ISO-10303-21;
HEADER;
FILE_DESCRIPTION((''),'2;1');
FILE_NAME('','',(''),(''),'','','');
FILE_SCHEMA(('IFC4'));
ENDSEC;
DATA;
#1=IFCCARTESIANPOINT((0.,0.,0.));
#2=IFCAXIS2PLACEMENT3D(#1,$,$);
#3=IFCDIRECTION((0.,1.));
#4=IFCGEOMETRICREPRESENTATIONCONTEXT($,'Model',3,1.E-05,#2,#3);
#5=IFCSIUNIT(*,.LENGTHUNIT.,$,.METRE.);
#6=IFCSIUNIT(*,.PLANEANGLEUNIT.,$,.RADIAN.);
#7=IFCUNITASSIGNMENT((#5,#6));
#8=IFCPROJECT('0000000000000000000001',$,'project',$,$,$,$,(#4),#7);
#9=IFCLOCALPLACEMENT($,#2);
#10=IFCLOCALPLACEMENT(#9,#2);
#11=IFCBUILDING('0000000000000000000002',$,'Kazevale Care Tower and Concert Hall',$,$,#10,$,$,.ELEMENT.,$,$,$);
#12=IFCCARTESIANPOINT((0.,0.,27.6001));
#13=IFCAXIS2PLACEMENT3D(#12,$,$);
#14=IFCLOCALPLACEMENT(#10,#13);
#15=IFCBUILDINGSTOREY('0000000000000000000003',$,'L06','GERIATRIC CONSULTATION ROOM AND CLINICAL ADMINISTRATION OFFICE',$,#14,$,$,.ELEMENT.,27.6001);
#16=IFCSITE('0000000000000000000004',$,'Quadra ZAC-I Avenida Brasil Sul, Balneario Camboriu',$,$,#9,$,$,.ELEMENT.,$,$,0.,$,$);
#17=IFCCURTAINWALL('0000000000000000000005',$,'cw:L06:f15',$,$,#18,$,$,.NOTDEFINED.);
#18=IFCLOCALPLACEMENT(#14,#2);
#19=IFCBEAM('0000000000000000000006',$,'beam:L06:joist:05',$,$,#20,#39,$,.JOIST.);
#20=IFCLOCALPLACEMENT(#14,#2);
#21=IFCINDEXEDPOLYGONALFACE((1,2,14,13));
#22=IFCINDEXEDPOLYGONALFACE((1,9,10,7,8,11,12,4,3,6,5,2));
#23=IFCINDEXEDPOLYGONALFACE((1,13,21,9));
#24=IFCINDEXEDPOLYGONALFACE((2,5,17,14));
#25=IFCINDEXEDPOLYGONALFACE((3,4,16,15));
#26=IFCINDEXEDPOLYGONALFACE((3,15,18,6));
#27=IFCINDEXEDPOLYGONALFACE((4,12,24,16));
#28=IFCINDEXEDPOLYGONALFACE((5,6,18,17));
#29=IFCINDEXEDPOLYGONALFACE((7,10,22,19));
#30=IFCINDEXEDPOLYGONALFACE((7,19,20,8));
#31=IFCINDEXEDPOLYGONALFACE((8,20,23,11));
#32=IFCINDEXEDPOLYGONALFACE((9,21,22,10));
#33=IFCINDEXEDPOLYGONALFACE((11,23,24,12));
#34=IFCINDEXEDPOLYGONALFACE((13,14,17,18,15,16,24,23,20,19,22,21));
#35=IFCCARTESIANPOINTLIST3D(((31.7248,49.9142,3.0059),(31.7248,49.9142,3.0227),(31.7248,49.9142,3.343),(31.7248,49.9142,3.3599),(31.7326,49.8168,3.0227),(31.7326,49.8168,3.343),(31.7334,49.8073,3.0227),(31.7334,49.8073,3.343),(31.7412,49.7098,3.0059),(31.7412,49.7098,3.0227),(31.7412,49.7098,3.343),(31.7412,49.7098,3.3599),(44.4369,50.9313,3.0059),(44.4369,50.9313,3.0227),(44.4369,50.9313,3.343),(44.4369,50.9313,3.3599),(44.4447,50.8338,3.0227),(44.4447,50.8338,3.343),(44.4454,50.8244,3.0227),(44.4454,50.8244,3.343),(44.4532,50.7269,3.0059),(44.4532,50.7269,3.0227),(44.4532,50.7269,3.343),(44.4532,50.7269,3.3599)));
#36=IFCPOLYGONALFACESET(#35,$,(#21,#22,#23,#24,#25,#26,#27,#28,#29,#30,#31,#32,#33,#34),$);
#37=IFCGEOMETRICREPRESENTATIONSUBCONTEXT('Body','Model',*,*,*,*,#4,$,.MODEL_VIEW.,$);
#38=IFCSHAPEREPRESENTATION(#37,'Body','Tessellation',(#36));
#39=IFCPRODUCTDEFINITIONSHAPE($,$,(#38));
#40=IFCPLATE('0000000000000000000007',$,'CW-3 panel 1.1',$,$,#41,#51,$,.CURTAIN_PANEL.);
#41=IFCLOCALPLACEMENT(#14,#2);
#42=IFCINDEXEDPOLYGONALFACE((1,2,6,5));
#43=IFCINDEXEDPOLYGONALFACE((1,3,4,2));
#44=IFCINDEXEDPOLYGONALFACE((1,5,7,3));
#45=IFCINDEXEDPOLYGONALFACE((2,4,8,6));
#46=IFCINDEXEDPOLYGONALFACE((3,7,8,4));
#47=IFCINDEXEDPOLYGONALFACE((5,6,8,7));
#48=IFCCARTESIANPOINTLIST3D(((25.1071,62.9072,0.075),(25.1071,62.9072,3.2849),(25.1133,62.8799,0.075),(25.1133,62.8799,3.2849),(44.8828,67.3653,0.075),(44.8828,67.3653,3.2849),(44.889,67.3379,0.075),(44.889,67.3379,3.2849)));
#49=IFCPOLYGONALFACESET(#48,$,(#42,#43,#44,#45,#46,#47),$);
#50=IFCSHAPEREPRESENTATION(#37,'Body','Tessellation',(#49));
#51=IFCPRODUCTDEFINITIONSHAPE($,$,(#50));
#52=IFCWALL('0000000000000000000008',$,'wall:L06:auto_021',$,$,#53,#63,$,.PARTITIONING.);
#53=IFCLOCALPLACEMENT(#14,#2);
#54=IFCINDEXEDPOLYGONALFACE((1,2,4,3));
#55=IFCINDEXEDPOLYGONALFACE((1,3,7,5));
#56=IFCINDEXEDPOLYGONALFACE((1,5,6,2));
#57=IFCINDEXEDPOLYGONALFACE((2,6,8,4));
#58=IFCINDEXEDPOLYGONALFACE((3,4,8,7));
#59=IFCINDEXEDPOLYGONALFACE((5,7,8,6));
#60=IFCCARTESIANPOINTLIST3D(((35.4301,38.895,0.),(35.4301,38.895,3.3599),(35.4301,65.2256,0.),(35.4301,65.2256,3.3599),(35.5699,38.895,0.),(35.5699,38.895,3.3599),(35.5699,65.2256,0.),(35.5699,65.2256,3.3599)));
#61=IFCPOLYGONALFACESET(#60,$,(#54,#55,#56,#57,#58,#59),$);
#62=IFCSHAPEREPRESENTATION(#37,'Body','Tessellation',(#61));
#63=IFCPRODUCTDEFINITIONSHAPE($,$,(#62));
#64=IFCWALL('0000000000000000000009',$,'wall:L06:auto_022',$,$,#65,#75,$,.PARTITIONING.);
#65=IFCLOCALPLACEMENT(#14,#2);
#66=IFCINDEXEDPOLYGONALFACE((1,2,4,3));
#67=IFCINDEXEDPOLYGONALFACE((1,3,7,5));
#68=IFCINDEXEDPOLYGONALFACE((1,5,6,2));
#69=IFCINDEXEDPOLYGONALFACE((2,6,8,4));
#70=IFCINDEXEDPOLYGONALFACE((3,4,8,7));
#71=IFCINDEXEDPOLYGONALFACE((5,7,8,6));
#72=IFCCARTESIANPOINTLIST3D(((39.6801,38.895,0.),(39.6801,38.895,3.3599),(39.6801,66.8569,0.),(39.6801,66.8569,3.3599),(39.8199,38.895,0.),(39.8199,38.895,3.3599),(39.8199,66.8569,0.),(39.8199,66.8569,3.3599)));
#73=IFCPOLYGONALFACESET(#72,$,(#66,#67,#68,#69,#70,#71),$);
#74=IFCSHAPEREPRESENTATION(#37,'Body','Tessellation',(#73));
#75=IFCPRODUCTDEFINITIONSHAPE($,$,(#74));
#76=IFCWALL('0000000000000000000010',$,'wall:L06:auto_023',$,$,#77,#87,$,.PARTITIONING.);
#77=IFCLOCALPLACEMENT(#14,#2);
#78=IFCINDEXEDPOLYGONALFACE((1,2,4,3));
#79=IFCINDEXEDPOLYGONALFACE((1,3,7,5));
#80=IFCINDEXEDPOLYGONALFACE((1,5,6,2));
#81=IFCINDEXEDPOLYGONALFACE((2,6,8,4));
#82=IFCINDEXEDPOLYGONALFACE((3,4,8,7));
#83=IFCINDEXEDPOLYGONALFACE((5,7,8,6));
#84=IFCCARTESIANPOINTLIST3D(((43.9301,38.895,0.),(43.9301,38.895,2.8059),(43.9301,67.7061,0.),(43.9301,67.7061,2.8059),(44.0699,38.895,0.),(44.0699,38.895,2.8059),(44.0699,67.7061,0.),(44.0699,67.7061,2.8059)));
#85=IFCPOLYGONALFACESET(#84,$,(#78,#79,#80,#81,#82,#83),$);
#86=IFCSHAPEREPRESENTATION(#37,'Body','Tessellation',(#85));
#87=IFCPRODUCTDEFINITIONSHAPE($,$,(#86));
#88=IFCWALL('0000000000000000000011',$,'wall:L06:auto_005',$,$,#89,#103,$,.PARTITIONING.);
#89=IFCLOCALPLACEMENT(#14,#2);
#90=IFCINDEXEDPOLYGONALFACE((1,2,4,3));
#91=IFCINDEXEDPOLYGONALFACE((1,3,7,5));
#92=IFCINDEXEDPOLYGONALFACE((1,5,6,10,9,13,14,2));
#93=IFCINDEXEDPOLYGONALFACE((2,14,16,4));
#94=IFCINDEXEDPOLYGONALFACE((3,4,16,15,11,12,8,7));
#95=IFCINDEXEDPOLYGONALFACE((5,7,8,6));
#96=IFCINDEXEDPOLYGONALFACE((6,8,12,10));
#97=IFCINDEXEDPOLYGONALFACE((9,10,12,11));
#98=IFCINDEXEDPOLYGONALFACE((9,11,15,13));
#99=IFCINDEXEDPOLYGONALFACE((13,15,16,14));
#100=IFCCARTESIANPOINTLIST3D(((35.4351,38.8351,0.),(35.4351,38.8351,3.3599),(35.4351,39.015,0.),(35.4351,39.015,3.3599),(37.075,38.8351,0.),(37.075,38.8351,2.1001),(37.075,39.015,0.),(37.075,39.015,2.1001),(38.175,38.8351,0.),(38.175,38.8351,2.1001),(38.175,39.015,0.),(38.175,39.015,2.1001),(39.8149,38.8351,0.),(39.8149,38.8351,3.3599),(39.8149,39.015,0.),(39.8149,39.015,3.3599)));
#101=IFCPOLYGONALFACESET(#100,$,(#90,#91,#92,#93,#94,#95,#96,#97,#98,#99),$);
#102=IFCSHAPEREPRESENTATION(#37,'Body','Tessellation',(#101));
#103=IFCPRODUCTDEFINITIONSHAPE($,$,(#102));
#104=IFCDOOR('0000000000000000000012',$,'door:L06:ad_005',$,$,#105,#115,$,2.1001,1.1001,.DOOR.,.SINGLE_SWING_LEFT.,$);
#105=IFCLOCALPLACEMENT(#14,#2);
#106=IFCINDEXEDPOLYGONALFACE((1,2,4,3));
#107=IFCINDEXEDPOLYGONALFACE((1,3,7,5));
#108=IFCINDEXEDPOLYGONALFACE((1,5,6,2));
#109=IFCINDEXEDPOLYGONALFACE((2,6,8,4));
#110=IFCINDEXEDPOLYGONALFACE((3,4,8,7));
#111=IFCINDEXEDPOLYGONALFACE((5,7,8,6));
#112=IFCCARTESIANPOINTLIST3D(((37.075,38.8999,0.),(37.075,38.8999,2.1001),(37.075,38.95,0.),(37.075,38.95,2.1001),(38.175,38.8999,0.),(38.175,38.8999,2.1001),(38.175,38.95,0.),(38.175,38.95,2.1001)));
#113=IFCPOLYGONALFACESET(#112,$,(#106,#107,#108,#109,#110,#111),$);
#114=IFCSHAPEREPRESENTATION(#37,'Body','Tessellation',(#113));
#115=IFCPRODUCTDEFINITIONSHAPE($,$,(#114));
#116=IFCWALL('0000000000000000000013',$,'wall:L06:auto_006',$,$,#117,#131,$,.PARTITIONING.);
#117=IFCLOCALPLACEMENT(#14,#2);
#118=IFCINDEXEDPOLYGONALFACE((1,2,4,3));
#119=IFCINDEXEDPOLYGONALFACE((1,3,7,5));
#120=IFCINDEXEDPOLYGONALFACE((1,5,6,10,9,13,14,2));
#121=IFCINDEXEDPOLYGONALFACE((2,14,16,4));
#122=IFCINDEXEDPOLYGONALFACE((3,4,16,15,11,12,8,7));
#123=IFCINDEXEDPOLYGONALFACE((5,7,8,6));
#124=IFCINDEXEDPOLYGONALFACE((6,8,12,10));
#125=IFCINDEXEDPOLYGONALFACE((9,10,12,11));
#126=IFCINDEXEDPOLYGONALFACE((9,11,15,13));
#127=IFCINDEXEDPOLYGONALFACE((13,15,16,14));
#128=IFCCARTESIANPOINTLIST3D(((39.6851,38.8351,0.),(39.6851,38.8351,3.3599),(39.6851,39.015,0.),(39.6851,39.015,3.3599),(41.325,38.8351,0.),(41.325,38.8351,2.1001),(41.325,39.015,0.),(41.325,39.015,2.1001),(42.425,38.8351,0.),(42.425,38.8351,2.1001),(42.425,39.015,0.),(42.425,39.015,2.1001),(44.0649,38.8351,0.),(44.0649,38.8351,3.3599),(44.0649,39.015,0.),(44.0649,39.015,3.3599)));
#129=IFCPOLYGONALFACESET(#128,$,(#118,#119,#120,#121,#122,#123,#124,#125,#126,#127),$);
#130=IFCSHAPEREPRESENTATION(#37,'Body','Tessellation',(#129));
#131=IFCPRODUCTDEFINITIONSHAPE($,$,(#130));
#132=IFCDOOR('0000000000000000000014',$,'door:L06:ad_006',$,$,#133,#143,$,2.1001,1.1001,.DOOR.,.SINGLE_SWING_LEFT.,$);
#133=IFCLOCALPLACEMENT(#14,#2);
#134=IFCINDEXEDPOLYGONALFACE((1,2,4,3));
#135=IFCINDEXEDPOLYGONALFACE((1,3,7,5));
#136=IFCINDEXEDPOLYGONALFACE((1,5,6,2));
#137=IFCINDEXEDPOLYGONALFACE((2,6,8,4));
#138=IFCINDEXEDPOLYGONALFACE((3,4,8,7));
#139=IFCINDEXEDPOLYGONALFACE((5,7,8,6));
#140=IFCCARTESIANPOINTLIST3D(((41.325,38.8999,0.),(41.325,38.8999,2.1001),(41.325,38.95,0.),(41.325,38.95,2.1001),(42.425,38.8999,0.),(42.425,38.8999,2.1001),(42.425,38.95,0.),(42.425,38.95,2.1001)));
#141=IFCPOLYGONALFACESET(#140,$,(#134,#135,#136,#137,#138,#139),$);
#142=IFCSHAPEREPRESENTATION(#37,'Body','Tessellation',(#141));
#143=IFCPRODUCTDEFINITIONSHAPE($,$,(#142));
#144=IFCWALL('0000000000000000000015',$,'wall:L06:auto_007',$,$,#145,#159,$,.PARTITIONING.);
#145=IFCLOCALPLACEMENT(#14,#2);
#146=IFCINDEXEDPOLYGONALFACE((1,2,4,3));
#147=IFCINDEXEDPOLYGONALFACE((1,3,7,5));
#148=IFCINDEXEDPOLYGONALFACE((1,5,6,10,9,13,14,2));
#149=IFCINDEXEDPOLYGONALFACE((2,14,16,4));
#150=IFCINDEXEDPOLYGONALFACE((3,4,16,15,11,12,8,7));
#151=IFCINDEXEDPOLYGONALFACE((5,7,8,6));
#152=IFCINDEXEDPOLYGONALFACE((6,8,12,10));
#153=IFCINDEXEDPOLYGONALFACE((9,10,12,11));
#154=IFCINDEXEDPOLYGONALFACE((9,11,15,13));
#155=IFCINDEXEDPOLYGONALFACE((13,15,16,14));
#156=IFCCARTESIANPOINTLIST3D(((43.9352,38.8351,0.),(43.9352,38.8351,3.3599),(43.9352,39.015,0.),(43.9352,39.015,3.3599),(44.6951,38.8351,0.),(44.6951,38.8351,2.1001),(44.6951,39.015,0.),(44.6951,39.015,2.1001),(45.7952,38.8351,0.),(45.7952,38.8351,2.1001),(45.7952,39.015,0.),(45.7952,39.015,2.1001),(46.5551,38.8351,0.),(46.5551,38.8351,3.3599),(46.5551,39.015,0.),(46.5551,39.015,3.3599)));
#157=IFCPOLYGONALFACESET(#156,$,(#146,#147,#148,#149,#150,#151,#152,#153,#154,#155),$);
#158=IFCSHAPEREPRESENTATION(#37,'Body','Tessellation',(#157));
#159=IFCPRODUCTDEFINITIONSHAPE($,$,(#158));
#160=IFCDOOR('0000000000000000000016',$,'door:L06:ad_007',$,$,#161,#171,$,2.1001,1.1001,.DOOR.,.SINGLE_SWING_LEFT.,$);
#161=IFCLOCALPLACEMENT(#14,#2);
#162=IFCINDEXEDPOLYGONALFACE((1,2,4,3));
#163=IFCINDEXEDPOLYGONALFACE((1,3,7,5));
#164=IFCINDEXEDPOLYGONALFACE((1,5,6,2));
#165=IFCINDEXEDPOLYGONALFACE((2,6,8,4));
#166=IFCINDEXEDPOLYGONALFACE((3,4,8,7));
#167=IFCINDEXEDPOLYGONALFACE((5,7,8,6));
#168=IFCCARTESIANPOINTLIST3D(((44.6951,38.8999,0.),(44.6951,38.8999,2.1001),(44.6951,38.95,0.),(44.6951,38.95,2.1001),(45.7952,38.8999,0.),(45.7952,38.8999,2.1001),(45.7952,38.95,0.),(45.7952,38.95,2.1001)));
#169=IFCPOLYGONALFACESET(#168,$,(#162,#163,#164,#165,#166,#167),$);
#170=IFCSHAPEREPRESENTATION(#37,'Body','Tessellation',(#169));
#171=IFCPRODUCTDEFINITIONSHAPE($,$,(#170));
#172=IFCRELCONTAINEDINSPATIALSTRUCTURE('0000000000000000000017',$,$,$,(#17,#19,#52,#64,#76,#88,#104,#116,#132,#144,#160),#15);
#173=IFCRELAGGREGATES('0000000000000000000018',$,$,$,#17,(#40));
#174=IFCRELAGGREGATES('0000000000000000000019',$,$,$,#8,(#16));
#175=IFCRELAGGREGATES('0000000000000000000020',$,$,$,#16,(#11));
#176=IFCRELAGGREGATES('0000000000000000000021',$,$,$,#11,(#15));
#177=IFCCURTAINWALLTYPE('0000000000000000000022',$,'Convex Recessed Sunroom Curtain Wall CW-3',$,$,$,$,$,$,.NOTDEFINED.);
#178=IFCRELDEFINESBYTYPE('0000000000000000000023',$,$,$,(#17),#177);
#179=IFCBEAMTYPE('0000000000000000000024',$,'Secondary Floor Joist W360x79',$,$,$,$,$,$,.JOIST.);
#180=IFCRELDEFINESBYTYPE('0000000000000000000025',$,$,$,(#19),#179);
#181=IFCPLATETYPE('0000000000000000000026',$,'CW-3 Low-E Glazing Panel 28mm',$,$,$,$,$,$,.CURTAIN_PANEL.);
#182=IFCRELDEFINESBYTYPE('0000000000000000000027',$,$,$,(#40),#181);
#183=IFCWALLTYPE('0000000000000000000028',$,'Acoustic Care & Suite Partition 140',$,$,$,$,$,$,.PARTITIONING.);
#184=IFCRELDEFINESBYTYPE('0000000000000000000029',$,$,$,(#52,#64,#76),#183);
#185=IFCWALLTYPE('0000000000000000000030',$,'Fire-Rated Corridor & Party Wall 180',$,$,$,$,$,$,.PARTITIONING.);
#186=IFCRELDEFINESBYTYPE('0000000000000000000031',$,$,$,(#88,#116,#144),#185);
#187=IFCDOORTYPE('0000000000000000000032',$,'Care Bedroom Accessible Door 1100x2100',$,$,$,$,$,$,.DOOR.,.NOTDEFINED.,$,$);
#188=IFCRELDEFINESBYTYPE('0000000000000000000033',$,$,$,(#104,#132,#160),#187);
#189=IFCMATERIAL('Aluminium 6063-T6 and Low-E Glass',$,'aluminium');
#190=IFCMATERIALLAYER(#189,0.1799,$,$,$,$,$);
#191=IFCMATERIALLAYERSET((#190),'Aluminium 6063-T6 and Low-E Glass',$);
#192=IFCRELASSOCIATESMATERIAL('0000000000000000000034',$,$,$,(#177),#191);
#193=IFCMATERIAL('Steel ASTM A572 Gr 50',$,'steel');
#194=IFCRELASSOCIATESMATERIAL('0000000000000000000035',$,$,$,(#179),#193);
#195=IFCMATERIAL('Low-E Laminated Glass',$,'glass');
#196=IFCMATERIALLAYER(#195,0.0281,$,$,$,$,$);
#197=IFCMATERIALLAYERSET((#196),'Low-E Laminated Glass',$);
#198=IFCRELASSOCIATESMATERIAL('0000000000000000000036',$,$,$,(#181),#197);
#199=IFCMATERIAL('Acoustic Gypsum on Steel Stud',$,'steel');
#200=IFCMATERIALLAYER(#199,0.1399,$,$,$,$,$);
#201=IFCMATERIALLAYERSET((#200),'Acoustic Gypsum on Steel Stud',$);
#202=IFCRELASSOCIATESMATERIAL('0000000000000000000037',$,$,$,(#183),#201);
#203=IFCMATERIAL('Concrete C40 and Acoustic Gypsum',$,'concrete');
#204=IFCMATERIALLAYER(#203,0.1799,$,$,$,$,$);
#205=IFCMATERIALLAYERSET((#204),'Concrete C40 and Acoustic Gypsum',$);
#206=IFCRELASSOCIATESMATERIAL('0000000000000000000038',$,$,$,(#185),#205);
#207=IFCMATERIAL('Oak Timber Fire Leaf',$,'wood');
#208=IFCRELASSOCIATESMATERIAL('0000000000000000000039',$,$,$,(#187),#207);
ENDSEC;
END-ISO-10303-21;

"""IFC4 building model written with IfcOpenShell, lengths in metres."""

from ifc_helpers import new_model, si_unit, direction, frame, frame_2d, origin, origin_2d, place, context, subcontext, project, spatial, rectangle, i_section, extrude, material, layer, layer_set, material_profile, profile_set, type_object, element, fill, aggregate, save


model = new_model("IFC4")

# Units and contexts
model_context = context("Model", 3, precision=1e-05, world=origin(), true_north=direction((0.0, 1.0)))
body_context = subcontext(model_context, "Body", "Model", "MODEL_VIEW")
ifc_project = project(units=[si_unit("LENGTHUNIT", "METRE"), si_unit("PLANEANGLEUNIT", "RADIAN")], contexts=[model_context])

# Site, building, storey
site_placement = place(None, origin())
site = spatial("IfcSite", under=ifc_project, at=site_placement, Name="Quadra ZAC-I Avenida Brasil Sul, Balneario Camboriu", CompositionType="ELEMENT", RefElevation=0.0)
building_placement = place(site_placement, origin())
building = spatial("IfcBuilding", under=site, at=building_placement, Name="Kazevale Care Tower and Concert Hall", CompositionType="ELEMENT")
storey_placement = place(building_placement, frame((0.0, 0.0, 27.6001)))
storey = spatial("IfcBuildingStorey", under=building, at=storey_placement, Name="L06", Description="GERIATRIC CONSULTATION ROOM AND CLINICAL ADMINISTRATION OFFICE", CompositionType="ELEMENT", Elevation=27.6001)

# Shared definitions
ifc_material_1 = material(Name="Aluminium 6063-T6 and Low-E Glass", Category="aluminium")

# Curtain wall
ifc_layer_1 = layer(ifc_material_1, 0.1799)
ifc_layer_set_1 = layer_set([ifc_layer_1], Name="Aluminium 6063-T6 and Low-E Glass")
curtain_wall_type_1 = type_object("IfcCurtainWallType", Name="Convex Recessed Sunroom Curtain Wall CW-3", PredefinedType="NOTDEFINED", material=ifc_layer_set_1)
curtain_wall_1_placement = place(storey_placement, origin())
curtain_wall_1 = element("IfcCurtainWall", 1, at=curtain_wall_1_placement, inside=storey, type_object=curtain_wall_type_1, Name="cw:L06:f15", PredefinedType="NOTDEFINED")

# Beam
ifc_material_2 = material(Name="Steel ASTM A572 Gr 50", Category="steel")
ifc_material_profile_1 = material_profile(ifc_material_2, i_section(OverallWidth=0.2051, OverallDepth=0.354, WebThickness=0.0095, FlangeThickness=0.0168, at=origin_2d()), Name="W360x79")
ifc_profile_set_1 = profile_set([ifc_material_profile_1], Name="Steel ASTM A572 Gr 50")
beam_type_1 = type_object("IfcBeamType", Name="Secondary Floor Joist W360x79", PredefinedType="JOIST", material=ifc_profile_set_1)
beam_1_placement = place(storey_placement, frame((44.4451, 50.8291, 3.1829), z_axis=(-0.996815, -0.079754, 0.0), x_axis=(0.079754, -0.996815, 0.0)))
element("IfcBeam", 2, at=beam_1_placement, inside=storey, type_object=beam_type_1, Name="beam:L06:joist:05", PredefinedType="JOIST", context=body_context, shape_type="SweptSolid", body=[
    extrude(i_section(OverallWidth=0.2051, OverallDepth=0.354, WebThickness=0.0095, FlangeThickness=0.0168, at=origin_2d()), origin(), (0.0, 0.0, 1.0), 12.7527),
])

# Plate
ifc_material_3 = material(Name="Low-E Laminated Glass", Category="glass")
ifc_layer_2 = layer(ifc_material_3, 0.0281)
ifc_layer_set_2 = layer_set([ifc_layer_2], Name="Low-E Laminated Glass")
plate_type = type_object("IfcPlateType", Name="CW-3 Low-E Glazing Panel 28mm", PredefinedType="CURTAIN_PANEL", material=ifc_layer_set_2)
plate_placement = place(storey_placement, frame((34.998, 65.1226, 0.075), z_axis=(0.0, 0.0, 1.0), x_axis=(0.97552, 0.219911, 0.0)))
plate = element("IfcPlate", 3, at=plate_placement, type_object=plate_type, Name="CW-3 panel 1.1", PredefinedType="CURTAIN_PANEL", context=body_context, shape_type="SweptSolid", body=[
    extrude(rectangle(XDim=20.272, YDim=0.0281, at=origin_2d()), origin(), (0.0, 0.0, 1.0), 3.21),
])
aggregate(curtain_wall_1, [plate])

# Walls
ifc_material_4 = material(Name="Acoustic Gypsum on Steel Stud", Category="steel")
ifc_layer_3 = layer(ifc_material_4, 0.1399)
ifc_layer_set_3 = layer_set([ifc_layer_3], Name="Acoustic Gypsum on Steel Stud")
wall_type_1 = type_object("IfcWallType", Name="Acoustic Care & Suite Partition 140", PredefinedType="PARTITIONING", material=ifc_layer_set_3)
wall_1_placement = place(storey_placement, frame((35.5, 65.2256, 0.0), z_axis=(0.0, 0.0, 1.0), x_axis=(0.0, -1.0, 0.0)))
element("IfcWall", 4, at=wall_1_placement, inside=storey, type_object=wall_type_1, Name="wall:L06:auto_021", PredefinedType="PARTITIONING", context=body_context, shape_type="SweptSolid", body=[
    extrude(rectangle(XDim=26.3306, YDim=0.1399, at=frame_2d((13.1653, 0.0))), origin(), (0.0, 0.0, 1.0), 3.3599),
])
wall_2_placement = place(storey_placement, frame((39.75, 66.8569, 0.0), z_axis=(0.0, 0.0, 1.0), x_axis=(0.0, -1.0, 0.0)))
element("IfcWall", 5, at=wall_2_placement, inside=storey, type_object=wall_type_1, Name="wall:L06:auto_022", PredefinedType="PARTITIONING", context=body_context, shape_type="SweptSolid", body=[
    extrude(rectangle(XDim=27.9619, YDim=0.1399, at=frame_2d((13.981, 0.0))), origin(), (0.0, 0.0, 1.0), 3.3599),
])
wall_3_placement = place(storey_placement, frame((44.0, 67.7061, 0.0), z_axis=(0.0, 0.0, 1.0), x_axis=(0.0, -1.0, 0.0)))
element("IfcWall", 6, at=wall_3_placement, inside=storey, type_object=wall_type_1, Name="wall:L06:auto_023", PredefinedType="PARTITIONING", context=body_context, shape_type="SweptSolid", body=[
    extrude(rectangle(XDim=28.811, YDim=0.1399, at=frame_2d((14.4055, 0.0))), origin(), (0.0, 0.0, 1.0), 2.8059),
])

# Walls, openings, doors
ifc_material_5 = material(Name="Concrete C40 and Acoustic Gypsum", Category="concrete")
ifc_layer_4 = layer(ifc_material_5, 0.1799)
ifc_layer_set_4 = layer_set([ifc_layer_4], Name="Concrete C40 and Acoustic Gypsum")
wall_type_2 = type_object("IfcWallType", Name="Fire-Rated Corridor & Party Wall 180", PredefinedType="PARTITIONING", material=ifc_layer_set_4)
wall_4_placement = place(storey_placement, frame((35.4351, 38.925, 0.0), z_axis=(0.0, 0.0, 1.0), x_axis=(1.0, 0.0, 0.0)))
wall_4 = element("IfcWall", 7, at=wall_4_placement, inside=storey, type_object=wall_type_2, Name="wall:L06:auto_005", PredefinedType="PARTITIONING", context=body_context, shape_type="SweptSolid", body=[
    extrude(rectangle(XDim=4.3799, YDim=0.1799, at=frame_2d((2.1899, 0.0))), origin(), (0.0, 0.0, 1.0), 3.3599),
])
opening_1_placement = place(wall_4_placement, frame((1.6399, 0.0, 0.0)))
opening_1 = element("IfcOpeningElement", 8, at=opening_1_placement, cuts=wall_4, PredefinedType="OPENING", context=body_context, shape_type="SweptSolid", body=[
    extrude(rectangle(XDim=1.1001, YDim=2.1001, at=frame_2d((0.55, 1.05))), frame((0.0, 0.0999, 0.0), z_axis=(0.0, -1.0, 0.0), x_axis=(1.0, 0.0, 0.0)), (0.0, 0.0, 1.0), 0.2),
])
ifc_material_6 = material(Name="Oak Timber Fire Leaf", Category="wood")
door_type = type_object("IfcDoorType", Name="Care Bedroom Accessible Door 1100x2100", OperationType="NOTDEFINED", PredefinedType="DOOR", material=ifc_material_6)
door_1_placement = place(opening_1_placement, origin())
door_1 = element("IfcDoor", 9, at=door_1_placement, inside=storey, type_object=door_type, Name="door:L06:ad_005", OperationType="SINGLE_SWING_LEFT", OverallHeight=2.1001, OverallWidth=1.1001, PredefinedType="DOOR", context=body_context, shape_type="SweptSolid", body=[
    extrude(rectangle(XDim=1.1001, YDim=2.1001, at=frame_2d((0.55, 1.05))), frame((0.0, 0.0249, 0.0), z_axis=(0.0, -1.0, 0.0), x_axis=(1.0, 0.0, 0.0)), (0.0, 0.0, 1.0), 0.05),
])
fill(opening_1, door_1)
wall_5_placement = place(storey_placement, frame((39.6851, 38.925, 0.0), z_axis=(0.0, 0.0, 1.0), x_axis=(1.0, 0.0, 0.0)))
wall_5 = element("IfcWall", 10, at=wall_5_placement, inside=storey, type_object=wall_type_2, Name="wall:L06:auto_006", PredefinedType="PARTITIONING", context=body_context, shape_type="SweptSolid", body=[
    extrude(rectangle(XDim=4.3799, YDim=0.1799, at=frame_2d((2.1899, 0.0))), origin(), (0.0, 0.0, 1.0), 3.3599),
])
opening_2_placement = place(wall_5_placement, frame((1.6399, 0.0, 0.0)))
opening_2 = element("IfcOpeningElement", 11, at=opening_2_placement, cuts=wall_5, PredefinedType="OPENING", context=body_context, shape_type="SweptSolid", body=[
    extrude(rectangle(XDim=1.1001, YDim=2.1001, at=frame_2d((0.55, 1.05))), frame((0.0, 0.0999, 0.0), z_axis=(0.0, -1.0, 0.0), x_axis=(1.0, 0.0, 0.0)), (0.0, 0.0, 1.0), 0.2),
])
door_2_placement = place(opening_2_placement, origin())
door_2 = element("IfcDoor", 12, at=door_2_placement, inside=storey, type_object=door_type, Name="door:L06:ad_006", OperationType="SINGLE_SWING_LEFT", OverallHeight=2.1001, OverallWidth=1.1001, PredefinedType="DOOR", context=body_context, shape_type="SweptSolid", body=[
    extrude(rectangle(XDim=1.1001, YDim=2.1001, at=frame_2d((0.55, 1.05))), frame((0.0, 0.0249, 0.0), z_axis=(0.0, -1.0, 0.0), x_axis=(1.0, 0.0, 0.0)), (0.0, 0.0, 1.0), 0.05),
])
fill(opening_2, door_2)
wall_6_placement = place(storey_placement, frame((43.9351, 38.925, 0.0), z_axis=(0.0, 0.0, 1.0), x_axis=(1.0, 0.0, 0.0)))
wall_6 = element("IfcWall", 13, at=wall_6_placement, inside=storey, type_object=wall_type_2, Name="wall:L06:auto_007", PredefinedType="PARTITIONING", context=body_context, shape_type="SweptSolid", body=[
    extrude(rectangle(XDim=2.6199, YDim=0.1799, at=frame_2d((1.3101, 0.0))), origin(), (0.0, 0.0, 1.0), 3.3599),
])
opening_3_placement = place(wall_6_placement, frame((0.76, 0.0, 0.0)))
opening_3 = element("IfcOpeningElement", 14, at=opening_3_placement, cuts=wall_6, PredefinedType="OPENING", context=body_context, shape_type="SweptSolid", body=[
    extrude(rectangle(XDim=1.1001, YDim=2.1001, at=frame_2d((0.55, 1.05))), frame((0.0, 0.0999, 0.0), z_axis=(0.0, -1.0, 0.0), x_axis=(1.0, 0.0, 0.0)), (0.0, 0.0, 1.0), 0.2),
])
door_3_placement = place(opening_3_placement, origin())
door_3 = element("IfcDoor", 15, at=door_3_placement, inside=storey, type_object=door_type, Name="door:L06:ad_007", OperationType="SINGLE_SWING_LEFT", OverallHeight=2.1001, OverallWidth=1.1001, PredefinedType="DOOR", context=body_context, shape_type="SweptSolid", body=[
    extrude(rectangle(XDim=1.1001, YDim=2.1001, at=frame_2d((0.55, 1.05))), frame((0.0, 0.0249, 0.0), z_axis=(0.0, -1.0, 0.0), x_axis=(1.0, 0.0, 0.0)), (0.0, 0.0, 1.0), 0.05),
])
fill(opening_3, door_3)

save(model, "model.ifc")
